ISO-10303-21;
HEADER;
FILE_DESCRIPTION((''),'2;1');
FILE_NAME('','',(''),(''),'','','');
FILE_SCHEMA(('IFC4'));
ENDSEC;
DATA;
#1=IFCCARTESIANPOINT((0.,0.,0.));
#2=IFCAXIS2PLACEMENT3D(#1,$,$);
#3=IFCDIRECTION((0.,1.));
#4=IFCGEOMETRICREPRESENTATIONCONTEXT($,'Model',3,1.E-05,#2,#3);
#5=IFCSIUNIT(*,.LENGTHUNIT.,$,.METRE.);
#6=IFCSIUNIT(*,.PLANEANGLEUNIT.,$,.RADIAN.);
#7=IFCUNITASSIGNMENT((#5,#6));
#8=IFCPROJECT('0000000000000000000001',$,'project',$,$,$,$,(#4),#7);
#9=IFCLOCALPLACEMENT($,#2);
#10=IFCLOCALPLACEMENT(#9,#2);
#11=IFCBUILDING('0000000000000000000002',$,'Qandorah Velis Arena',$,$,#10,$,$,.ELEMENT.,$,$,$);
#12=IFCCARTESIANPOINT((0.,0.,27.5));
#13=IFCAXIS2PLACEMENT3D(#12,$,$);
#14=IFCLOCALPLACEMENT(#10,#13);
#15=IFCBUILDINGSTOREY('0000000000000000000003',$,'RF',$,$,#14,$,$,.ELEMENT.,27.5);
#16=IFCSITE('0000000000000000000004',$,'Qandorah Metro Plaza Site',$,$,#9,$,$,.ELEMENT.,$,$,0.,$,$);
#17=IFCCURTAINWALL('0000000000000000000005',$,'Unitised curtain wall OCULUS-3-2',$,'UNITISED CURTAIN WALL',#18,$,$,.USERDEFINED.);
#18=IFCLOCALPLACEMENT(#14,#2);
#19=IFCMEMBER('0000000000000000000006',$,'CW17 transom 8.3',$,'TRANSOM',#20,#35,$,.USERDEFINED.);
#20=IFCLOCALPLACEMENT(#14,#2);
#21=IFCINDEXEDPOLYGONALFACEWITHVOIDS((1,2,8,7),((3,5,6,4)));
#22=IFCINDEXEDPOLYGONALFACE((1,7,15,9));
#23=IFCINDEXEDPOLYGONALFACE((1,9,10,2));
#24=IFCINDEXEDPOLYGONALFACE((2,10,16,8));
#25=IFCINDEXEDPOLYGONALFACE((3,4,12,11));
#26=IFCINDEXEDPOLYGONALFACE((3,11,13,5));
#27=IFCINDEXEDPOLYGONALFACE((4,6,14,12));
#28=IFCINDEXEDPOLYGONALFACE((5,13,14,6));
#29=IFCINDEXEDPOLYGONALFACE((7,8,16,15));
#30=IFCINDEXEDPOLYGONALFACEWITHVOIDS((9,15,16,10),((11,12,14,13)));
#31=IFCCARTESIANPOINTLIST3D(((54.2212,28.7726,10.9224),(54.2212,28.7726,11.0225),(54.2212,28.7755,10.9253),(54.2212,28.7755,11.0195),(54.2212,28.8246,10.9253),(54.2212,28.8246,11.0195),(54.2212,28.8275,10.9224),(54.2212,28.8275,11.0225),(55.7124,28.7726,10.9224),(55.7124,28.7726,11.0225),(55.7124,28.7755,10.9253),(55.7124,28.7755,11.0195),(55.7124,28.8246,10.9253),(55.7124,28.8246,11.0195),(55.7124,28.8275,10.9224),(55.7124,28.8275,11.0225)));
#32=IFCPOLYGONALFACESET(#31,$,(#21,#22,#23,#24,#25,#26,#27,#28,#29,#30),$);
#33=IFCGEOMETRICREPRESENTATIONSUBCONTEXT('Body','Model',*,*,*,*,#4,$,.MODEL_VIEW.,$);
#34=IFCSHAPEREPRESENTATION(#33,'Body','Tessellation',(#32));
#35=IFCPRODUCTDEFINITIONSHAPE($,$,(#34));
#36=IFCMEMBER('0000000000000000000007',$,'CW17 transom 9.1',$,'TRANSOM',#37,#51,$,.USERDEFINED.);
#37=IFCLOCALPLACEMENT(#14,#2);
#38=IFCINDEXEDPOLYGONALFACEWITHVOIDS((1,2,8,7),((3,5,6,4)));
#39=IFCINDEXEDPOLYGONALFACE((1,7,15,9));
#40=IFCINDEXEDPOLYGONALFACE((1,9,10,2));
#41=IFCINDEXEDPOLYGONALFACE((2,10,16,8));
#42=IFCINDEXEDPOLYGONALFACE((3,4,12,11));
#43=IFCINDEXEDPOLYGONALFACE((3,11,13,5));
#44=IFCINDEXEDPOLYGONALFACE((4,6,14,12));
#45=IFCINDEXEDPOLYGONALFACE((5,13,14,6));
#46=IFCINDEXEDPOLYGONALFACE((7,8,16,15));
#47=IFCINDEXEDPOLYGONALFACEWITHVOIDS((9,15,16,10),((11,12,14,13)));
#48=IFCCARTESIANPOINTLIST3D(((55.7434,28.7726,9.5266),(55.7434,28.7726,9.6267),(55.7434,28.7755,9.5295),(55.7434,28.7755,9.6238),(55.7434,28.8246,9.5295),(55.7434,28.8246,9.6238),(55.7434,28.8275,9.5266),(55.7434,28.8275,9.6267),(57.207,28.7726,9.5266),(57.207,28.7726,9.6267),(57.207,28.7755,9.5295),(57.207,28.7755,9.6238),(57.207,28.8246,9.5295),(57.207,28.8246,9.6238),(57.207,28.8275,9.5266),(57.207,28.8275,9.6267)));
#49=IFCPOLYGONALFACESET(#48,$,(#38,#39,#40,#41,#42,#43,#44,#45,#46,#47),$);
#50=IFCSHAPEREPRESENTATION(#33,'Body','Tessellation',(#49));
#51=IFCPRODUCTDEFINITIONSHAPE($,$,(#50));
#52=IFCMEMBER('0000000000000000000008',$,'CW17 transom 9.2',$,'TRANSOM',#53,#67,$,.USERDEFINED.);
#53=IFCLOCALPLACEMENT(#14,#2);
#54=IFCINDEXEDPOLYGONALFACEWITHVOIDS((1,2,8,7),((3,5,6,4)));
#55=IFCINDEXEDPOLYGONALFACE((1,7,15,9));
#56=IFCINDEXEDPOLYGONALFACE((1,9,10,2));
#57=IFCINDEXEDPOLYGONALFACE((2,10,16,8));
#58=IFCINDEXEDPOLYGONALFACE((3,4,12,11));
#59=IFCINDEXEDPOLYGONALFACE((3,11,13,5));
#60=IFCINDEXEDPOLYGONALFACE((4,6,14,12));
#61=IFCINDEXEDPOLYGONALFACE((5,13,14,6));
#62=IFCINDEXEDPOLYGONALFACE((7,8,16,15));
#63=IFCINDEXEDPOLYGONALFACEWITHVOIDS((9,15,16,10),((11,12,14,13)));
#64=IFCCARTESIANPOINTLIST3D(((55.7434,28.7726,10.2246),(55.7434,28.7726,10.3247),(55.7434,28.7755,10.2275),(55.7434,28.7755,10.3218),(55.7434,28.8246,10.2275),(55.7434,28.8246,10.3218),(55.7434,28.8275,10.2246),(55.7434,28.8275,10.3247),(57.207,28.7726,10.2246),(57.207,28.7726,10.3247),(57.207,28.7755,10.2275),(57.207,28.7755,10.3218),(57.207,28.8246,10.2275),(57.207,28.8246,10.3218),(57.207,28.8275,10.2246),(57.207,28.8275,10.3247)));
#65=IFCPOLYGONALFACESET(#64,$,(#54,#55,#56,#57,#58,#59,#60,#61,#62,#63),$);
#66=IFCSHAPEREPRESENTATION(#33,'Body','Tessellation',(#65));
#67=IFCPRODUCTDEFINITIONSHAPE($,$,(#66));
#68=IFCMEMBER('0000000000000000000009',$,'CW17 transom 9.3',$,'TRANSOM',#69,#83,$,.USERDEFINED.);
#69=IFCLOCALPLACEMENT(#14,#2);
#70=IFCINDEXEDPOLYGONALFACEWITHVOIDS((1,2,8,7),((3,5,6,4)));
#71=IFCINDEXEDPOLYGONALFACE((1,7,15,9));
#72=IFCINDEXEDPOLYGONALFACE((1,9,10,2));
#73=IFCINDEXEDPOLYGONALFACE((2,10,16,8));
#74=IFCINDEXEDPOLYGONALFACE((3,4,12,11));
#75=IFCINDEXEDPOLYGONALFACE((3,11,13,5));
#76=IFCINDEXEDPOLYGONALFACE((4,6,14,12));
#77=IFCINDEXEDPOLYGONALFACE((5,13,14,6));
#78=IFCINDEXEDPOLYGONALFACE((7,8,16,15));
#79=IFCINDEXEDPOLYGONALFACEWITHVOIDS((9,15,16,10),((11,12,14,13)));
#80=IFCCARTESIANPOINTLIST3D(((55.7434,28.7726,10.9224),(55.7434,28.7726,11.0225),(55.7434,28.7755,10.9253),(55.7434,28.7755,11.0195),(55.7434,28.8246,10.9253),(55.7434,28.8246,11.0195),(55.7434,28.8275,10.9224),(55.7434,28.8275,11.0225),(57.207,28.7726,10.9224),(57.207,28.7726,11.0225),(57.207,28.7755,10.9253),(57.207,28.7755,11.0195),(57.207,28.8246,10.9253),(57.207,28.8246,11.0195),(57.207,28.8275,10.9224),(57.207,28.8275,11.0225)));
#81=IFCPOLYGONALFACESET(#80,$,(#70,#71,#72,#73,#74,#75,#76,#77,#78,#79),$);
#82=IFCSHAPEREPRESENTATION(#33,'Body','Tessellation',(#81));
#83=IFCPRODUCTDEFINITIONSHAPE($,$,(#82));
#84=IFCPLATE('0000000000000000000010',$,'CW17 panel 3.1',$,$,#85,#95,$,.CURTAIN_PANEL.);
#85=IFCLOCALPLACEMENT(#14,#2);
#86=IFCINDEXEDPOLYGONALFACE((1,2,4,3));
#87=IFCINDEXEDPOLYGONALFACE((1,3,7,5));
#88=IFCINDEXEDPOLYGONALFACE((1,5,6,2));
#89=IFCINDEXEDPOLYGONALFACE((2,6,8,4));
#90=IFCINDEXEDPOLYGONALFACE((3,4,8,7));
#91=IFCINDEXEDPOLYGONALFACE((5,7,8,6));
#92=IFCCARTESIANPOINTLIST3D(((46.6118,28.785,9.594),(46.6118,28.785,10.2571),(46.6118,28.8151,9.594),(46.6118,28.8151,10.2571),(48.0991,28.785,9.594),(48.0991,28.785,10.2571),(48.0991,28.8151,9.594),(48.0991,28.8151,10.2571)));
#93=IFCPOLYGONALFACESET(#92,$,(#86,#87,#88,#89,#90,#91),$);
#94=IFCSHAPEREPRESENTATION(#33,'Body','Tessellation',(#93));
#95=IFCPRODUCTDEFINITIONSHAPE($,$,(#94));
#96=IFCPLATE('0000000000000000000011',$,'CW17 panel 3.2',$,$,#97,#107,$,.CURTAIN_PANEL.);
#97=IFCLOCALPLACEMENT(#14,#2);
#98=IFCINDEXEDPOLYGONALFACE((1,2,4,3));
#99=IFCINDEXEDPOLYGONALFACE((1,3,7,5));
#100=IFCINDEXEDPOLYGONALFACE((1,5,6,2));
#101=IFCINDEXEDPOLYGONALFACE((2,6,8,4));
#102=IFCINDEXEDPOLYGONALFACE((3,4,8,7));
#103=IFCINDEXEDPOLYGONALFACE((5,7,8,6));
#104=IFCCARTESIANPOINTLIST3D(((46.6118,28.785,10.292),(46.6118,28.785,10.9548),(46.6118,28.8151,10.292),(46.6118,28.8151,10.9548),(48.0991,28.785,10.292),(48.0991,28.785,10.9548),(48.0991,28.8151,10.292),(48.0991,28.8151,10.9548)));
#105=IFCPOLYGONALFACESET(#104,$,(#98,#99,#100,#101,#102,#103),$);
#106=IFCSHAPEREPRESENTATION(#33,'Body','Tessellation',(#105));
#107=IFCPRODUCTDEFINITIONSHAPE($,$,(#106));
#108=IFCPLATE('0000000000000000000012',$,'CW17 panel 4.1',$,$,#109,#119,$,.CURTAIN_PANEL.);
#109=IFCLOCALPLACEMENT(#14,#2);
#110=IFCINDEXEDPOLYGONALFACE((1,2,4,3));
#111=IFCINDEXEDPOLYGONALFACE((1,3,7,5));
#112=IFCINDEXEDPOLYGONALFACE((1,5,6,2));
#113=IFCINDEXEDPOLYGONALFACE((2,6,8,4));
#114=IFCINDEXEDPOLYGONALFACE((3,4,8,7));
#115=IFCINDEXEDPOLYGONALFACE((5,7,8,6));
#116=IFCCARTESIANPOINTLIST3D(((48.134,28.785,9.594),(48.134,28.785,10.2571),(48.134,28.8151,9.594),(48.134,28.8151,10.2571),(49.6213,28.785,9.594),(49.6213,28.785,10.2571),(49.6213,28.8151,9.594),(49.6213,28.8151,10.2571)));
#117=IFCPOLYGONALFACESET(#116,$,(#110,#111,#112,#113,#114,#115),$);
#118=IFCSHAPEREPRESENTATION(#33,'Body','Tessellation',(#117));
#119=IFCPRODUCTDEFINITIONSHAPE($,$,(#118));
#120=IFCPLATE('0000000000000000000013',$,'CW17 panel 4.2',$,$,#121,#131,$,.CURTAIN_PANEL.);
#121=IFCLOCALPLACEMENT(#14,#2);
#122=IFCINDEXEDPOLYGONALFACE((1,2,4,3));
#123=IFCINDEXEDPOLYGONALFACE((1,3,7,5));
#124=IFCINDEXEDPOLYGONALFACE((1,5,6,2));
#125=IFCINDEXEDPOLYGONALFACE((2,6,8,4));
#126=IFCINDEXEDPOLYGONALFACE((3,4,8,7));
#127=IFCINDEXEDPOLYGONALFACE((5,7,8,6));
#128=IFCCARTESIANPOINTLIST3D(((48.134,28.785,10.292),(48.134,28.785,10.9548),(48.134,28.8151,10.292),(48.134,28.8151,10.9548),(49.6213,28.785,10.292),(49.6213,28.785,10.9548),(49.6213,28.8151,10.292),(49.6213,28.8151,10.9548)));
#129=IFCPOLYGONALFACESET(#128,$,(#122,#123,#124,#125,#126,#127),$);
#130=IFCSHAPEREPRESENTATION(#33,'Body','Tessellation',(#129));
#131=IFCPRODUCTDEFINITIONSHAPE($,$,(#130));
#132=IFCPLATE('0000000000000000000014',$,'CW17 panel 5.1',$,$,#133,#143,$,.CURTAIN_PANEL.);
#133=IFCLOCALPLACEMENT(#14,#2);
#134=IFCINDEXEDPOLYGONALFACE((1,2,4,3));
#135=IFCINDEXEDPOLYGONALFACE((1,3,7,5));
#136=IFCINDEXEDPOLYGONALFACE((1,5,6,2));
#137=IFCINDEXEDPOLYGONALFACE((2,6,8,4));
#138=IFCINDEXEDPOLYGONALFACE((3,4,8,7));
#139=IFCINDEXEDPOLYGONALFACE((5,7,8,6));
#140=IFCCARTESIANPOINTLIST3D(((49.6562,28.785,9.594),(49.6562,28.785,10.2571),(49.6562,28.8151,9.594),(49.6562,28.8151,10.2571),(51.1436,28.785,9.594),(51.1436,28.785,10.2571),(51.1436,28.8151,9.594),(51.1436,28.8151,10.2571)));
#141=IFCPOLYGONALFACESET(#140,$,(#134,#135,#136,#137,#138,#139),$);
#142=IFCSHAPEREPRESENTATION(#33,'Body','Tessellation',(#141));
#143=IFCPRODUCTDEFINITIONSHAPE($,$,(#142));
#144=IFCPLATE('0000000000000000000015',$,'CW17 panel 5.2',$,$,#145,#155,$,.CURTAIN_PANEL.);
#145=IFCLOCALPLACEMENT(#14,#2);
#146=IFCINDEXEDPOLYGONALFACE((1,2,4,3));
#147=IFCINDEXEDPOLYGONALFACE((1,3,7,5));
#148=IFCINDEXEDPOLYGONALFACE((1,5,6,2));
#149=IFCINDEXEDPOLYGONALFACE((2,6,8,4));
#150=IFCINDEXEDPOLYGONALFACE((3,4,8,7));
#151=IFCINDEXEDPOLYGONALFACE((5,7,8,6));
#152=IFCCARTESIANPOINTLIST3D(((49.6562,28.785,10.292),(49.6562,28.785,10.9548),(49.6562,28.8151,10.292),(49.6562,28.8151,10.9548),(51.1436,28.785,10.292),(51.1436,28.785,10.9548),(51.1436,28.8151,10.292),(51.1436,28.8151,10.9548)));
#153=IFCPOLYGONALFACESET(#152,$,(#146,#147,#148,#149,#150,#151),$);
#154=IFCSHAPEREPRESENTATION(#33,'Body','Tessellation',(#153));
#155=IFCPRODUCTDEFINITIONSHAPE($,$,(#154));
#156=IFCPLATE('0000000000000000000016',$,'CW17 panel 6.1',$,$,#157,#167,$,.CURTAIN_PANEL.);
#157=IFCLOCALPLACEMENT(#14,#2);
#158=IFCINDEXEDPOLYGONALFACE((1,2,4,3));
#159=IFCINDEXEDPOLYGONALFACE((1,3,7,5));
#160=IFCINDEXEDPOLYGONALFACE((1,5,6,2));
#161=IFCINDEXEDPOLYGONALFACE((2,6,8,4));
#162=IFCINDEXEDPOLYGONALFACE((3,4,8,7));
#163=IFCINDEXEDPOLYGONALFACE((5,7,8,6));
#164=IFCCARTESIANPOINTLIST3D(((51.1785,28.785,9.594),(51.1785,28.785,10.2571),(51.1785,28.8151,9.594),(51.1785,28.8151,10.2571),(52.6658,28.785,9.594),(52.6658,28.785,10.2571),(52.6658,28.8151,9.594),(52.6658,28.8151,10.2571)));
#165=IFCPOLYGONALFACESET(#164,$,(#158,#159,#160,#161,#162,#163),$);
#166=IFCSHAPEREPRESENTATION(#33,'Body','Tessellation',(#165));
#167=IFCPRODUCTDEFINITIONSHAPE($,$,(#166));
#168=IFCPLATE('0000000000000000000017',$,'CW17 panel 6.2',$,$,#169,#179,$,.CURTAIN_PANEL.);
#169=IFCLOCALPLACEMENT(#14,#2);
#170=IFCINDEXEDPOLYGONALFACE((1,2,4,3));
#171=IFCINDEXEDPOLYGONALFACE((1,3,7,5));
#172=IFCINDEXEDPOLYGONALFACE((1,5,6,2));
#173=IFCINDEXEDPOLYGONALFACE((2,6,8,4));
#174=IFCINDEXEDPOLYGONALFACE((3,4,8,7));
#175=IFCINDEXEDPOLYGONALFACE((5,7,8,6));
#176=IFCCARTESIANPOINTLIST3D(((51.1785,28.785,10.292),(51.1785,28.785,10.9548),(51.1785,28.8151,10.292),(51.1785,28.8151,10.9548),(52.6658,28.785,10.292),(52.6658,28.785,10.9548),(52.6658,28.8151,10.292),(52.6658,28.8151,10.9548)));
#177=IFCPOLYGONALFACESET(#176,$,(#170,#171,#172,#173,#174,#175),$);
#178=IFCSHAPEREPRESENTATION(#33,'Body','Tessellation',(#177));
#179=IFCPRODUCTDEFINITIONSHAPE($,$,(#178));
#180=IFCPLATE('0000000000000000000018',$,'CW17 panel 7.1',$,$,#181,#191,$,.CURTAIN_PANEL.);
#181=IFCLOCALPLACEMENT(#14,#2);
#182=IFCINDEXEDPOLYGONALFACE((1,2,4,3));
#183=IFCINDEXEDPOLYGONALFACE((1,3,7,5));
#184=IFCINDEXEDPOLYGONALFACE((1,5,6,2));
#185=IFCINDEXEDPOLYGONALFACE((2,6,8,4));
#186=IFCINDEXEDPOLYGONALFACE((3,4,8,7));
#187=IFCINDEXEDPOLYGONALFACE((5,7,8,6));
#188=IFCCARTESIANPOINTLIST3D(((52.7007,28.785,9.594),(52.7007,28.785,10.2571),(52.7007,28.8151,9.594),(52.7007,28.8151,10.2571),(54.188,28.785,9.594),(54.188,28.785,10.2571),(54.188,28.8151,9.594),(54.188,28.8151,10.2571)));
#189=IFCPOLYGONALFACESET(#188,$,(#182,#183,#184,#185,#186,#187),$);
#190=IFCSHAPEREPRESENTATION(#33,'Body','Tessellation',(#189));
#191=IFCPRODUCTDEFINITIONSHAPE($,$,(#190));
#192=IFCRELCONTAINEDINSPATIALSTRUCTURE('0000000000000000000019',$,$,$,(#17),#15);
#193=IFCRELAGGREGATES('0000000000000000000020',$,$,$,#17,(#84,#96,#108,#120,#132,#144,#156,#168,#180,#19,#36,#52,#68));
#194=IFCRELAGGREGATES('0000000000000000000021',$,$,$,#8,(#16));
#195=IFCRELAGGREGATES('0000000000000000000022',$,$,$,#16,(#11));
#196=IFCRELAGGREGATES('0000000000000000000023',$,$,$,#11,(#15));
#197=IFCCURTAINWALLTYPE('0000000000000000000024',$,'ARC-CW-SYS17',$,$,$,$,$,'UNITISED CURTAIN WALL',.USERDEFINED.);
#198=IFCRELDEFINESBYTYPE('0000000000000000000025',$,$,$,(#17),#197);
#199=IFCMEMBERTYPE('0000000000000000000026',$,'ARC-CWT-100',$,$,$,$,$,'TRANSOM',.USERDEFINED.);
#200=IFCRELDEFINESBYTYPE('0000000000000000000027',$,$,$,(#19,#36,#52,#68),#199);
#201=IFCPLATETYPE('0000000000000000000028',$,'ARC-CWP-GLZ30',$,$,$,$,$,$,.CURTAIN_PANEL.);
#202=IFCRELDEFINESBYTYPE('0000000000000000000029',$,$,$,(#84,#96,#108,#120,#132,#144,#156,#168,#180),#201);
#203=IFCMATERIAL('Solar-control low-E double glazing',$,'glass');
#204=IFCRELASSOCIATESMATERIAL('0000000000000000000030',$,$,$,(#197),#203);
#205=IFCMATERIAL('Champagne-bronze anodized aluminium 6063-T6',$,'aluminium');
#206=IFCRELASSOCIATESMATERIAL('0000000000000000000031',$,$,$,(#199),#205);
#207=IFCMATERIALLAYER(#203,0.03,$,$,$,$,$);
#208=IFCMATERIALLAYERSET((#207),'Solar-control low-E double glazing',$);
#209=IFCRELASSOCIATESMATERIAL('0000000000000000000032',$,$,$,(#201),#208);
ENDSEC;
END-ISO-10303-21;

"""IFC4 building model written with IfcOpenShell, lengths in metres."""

from ifc_helpers import new_model, si_unit, direction, frame, origin, origin_2d, place, context, subcontext, project, spatial, rectangle, hollow_rectangle, extrude, material, layer, layer_set, material_profile, profile_set, type_object, element, aggregate, save


model = new_model("IFC4")

# Units and contexts
model_context = context("Model", 3, precision=1e-05, world=origin(), true_north=direction((0.0, 1.0)))
body_context = subcontext(model_context, "Body", "Model", "MODEL_VIEW")
ifc_project = project(units=[si_unit("LENGTHUNIT", "METRE"), si_unit("PLANEANGLEUNIT", "RADIAN")], contexts=[model_context])

# Site, building, storey
site_placement = place(None, origin())
site = spatial("IfcSite", under=ifc_project, at=site_placement, Name="Qandorah Metro Plaza Site", CompositionType="ELEMENT", RefElevation=0.0)
building_placement = place(site_placement, origin())
building = spatial("IfcBuilding", under=site, at=building_placement, Name="Qandorah Velis Arena", CompositionType="ELEMENT")
storey_placement = place(building_placement, frame((0.0, 0.0, 27.5)))
storey = spatial("IfcBuildingStorey", under=building, at=storey_placement, Name="RF", CompositionType="ELEMENT", Elevation=27.5)

# Curtain wall, members, plates
ifc_material_1 = material(Name="Solar-control low-E double glazing", Category="glass")
curtain_wall_type = type_object("IfcCurtainWallType", Name="ARC-CW-SYS17", ElementType="UNITISED CURTAIN WALL", PredefinedType="USERDEFINED", material=ifc_material_1)
curtain_wall_placement = place(storey_placement, origin())
curtain_wall = element("IfcCurtainWall", 1, at=curtain_wall_placement, inside=storey, type_object=curtain_wall_type, Name="Unitised curtain wall OCULUS-3-2", ObjectType="UNITISED CURTAIN WALL", PredefinedType="USERDEFINED")
ifc_material_2 = material(Name="Champagne-bronze anodized aluminium 6063-T6", Category="aluminium")
ifc_material_profile_1 = material_profile(ifc_material_2, hollow_rectangle(XDim=0.0549, YDim=0.1001, WallThickness=0.0029, at=origin_2d()), Name="ALU TRANSOM 55x100")
ifc_profile_set_1 = profile_set([ifc_material_profile_1], Name="Champagne-bronze anodized aluminium 6063-T6")
member_type_1 = type_object("IfcMemberType", Name="ARC-CWT-100", ElementType="TRANSOM", PredefinedType="USERDEFINED", material=ifc_profile_set_1)
member_1_placement = place(storey_placement, frame((54.2212, 28.8, 10.9724), z_axis=(1.0, 0.0, 0.0), x_axis=(0.0, 1.0, 0.0)))
member_1 = element("IfcMember", 2, at=member_1_placement, type_object=member_type_1, Name="CW17 transom 8.3", ObjectType="TRANSOM", PredefinedType="USERDEFINED", context=body_context, shape_type="SweptSolid", body=[
    extrude(hollow_rectangle(XDim=0.0549, YDim=0.1001, WallThickness=0.0029, at=origin_2d()), origin(), (0.0, 0.0, 1.0), 1.4912),
])
member_2_placement = place(storey_placement, frame((55.7434, 28.8, 9.5767), z_axis=(1.0, 0.0, 0.0), x_axis=(0.0, 1.0, 0.0)))
member_2 = element("IfcMember", 3, at=member_2_placement, type_object=member_type_1, Name="CW17 transom 9.1", ObjectType="TRANSOM", PredefinedType="USERDEFINED", context=body_context, shape_type="SweptSolid", body=[
    extrude(hollow_rectangle(XDim=0.0549, YDim=0.1001, WallThickness=0.0029, at=origin_2d()), origin(), (0.0, 0.0, 1.0), 1.4636),
])
member_3_placement = place(storey_placement, frame((55.7434, 28.8, 10.2747), z_axis=(1.0, 0.0, 0.0), x_axis=(0.0, 1.0, 0.0)))
member_3 = element("IfcMember", 4, at=member_3_placement, type_object=member_type_1, Name="CW17 transom 9.2", ObjectType="TRANSOM", PredefinedType="USERDEFINED", context=body_context, shape_type="SweptSolid", body=[
    extrude(hollow_rectangle(XDim=0.0549, YDim=0.1001, WallThickness=0.0029, at=origin_2d()), origin(), (0.0, 0.0, 1.0), 1.4636),
])
member_4_placement = place(storey_placement, frame((55.7434, 28.8, 10.9724), z_axis=(1.0, 0.0, 0.0), x_axis=(0.0, 1.0, 0.0)))
member_4 = element("IfcMember", 5, at=member_4_placement, type_object=member_type_1, Name="CW17 transom 9.3", ObjectType="TRANSOM", PredefinedType="USERDEFINED", context=body_context, shape_type="SweptSolid", body=[
    extrude(hollow_rectangle(XDim=0.0549, YDim=0.1001, WallThickness=0.0029, at=origin_2d()), origin(), (0.0, 0.0, 1.0), 1.4636),
])
ifc_layer = layer(ifc_material_1, 0.03)
ifc_layer_set = layer_set([ifc_layer], Name="Solar-control low-E double glazing")
plate_type = type_object("IfcPlateType", Name="ARC-CWP-GLZ30", PredefinedType="CURTAIN_PANEL", material=ifc_layer_set)
plate_1_placement = place(storey_placement, frame((47.3555, 28.8, 9.594), z_axis=(0.0, 0.0, 1.0), x_axis=(1.0, 0.0, 0.0)))
plate_1 = element("IfcPlate", 6, at=plate_1_placement, type_object=plate_type, Name="CW17 panel 3.1", PredefinedType="CURTAIN_PANEL", context=body_context, shape_type="SweptSolid", body=[
    extrude(rectangle(XDim=1.4873, YDim=0.03, at=origin_2d()), origin(), (0.0, 0.0, 1.0), 0.6631),
])
plate_2_placement = place(storey_placement, frame((47.3555, 28.8, 10.292), z_axis=(0.0, 0.0, 1.0), x_axis=(1.0, 0.0, 0.0)))
plate_2 = element("IfcPlate", 7, at=plate_2_placement, type_object=plate_type, Name="CW17 panel 3.2", PredefinedType="CURTAIN_PANEL", context=body_context, shape_type="SweptSolid", body=[
    extrude(rectangle(XDim=1.4873, YDim=0.03, at=origin_2d()), origin(), (0.0, 0.0, 1.0), 0.6628),
])
plate_3_placement = place(storey_placement, frame((48.8777, 28.8, 9.594), z_axis=(0.0, 0.0, 1.0), x_axis=(1.0, 0.0, 0.0)))
plate_3 = element("IfcPlate", 8, at=plate_3_placement, type_object=plate_type, Name="CW17 panel 4.1", PredefinedType="CURTAIN_PANEL", context=body_context, shape_type="SweptSolid", body=[
    extrude(rectangle(XDim=1.4873, YDim=0.03, at=origin_2d()), origin(), (0.0, 0.0, 1.0), 0.6631),
])
plate_4_placement = place(storey_placement, frame((48.8777, 28.8, 10.292), z_axis=(0.0, 0.0, 1.0), x_axis=(1.0, 0.0, 0.0)))
plate_4 = element("IfcPlate", 9, at=plate_4_placement, type_object=plate_type, Name="CW17 panel 4.2", PredefinedType="CURTAIN_PANEL", context=body_context, shape_type="SweptSolid", body=[
    extrude(rectangle(XDim=1.4873, YDim=0.03, at=origin_2d()), origin(), (0.0, 0.0, 1.0), 0.6628),
])
plate_5_placement = place(storey_placement, frame((50.3999, 28.8, 9.594), z_axis=(0.0, 0.0, 1.0), x_axis=(1.0, 0.0, 0.0)))
plate_5 = element("IfcPlate", 10, at=plate_5_placement, type_object=plate_type, Name="CW17 panel 5.1", PredefinedType="CURTAIN_PANEL", context=body_context, shape_type="SweptSolid", body=[
    extrude(rectangle(XDim=1.4873, YDim=0.03, at=origin_2d()), origin(), (0.0, 0.0, 1.0), 0.6631),
])
plate_6_placement = place(storey_placement, frame((50.3999, 28.8, 10.292), z_axis=(0.0, 0.0, 1.0), x_axis=(1.0, 0.0, 0.0)))
plate_6 = element("IfcPlate", 11, at=plate_6_placement, type_object=plate_type, Name="CW17 panel 5.2", PredefinedType="CURTAIN_PANEL", context=body_context, shape_type="SweptSolid", body=[
    extrude(rectangle(XDim=1.4873, YDim=0.03, at=origin_2d()), origin(), (0.0, 0.0, 1.0), 0.6628),
])
plate_7_placement = place(storey_placement, frame((51.9221, 28.8, 9.594), z_axis=(0.0, 0.0, 1.0), x_axis=(1.0, 0.0, 0.0)))
plate_7 = element("IfcPlate", 12, at=plate_7_placement, type_object=plate_type, Name="CW17 panel 6.1", PredefinedType="CURTAIN_PANEL", context=body_context, shape_type="SweptSolid", body=[
    extrude(rectangle(XDim=1.4873, YDim=0.03, at=origin_2d()), origin(), (0.0, 0.0, 1.0), 0.6631),
])
plate_8_placement = place(storey_placement, frame((51.9221, 28.8, 10.292), z_axis=(0.0, 0.0, 1.0), x_axis=(1.0, 0.0, 0.0)))
plate_8 = element("IfcPlate", 13, at=plate_8_placement, type_object=plate_type, Name="CW17 panel 6.2", PredefinedType="CURTAIN_PANEL", context=body_context, shape_type="SweptSolid", body=[
    extrude(rectangle(XDim=1.4873, YDim=0.03, at=origin_2d()), origin(), (0.0, 0.0, 1.0), 0.6628),
])
plate_9_placement = place(storey_placement, frame((53.4443, 28.8, 9.594), z_axis=(0.0, 0.0, 1.0), x_axis=(1.0, 0.0, 0.0)))
plate_9 = element("IfcPlate", 14, at=plate_9_placement, type_object=plate_type, Name="CW17 panel 7.1", PredefinedType="CURTAIN_PANEL", context=body_context, shape_type="SweptSolid", body=[
    extrude(rectangle(XDim=1.4873, YDim=0.03, at=origin_2d()), origin(), (0.0, 0.0, 1.0), 0.6631),
])
aggregate(curtain_wall, [plate_1, plate_2, plate_3, plate_4, plate_5, plate_6, plate_7, plate_8, plate_9, member_1, member_2, member_3, member_4])

save(model, "model.ifc")
